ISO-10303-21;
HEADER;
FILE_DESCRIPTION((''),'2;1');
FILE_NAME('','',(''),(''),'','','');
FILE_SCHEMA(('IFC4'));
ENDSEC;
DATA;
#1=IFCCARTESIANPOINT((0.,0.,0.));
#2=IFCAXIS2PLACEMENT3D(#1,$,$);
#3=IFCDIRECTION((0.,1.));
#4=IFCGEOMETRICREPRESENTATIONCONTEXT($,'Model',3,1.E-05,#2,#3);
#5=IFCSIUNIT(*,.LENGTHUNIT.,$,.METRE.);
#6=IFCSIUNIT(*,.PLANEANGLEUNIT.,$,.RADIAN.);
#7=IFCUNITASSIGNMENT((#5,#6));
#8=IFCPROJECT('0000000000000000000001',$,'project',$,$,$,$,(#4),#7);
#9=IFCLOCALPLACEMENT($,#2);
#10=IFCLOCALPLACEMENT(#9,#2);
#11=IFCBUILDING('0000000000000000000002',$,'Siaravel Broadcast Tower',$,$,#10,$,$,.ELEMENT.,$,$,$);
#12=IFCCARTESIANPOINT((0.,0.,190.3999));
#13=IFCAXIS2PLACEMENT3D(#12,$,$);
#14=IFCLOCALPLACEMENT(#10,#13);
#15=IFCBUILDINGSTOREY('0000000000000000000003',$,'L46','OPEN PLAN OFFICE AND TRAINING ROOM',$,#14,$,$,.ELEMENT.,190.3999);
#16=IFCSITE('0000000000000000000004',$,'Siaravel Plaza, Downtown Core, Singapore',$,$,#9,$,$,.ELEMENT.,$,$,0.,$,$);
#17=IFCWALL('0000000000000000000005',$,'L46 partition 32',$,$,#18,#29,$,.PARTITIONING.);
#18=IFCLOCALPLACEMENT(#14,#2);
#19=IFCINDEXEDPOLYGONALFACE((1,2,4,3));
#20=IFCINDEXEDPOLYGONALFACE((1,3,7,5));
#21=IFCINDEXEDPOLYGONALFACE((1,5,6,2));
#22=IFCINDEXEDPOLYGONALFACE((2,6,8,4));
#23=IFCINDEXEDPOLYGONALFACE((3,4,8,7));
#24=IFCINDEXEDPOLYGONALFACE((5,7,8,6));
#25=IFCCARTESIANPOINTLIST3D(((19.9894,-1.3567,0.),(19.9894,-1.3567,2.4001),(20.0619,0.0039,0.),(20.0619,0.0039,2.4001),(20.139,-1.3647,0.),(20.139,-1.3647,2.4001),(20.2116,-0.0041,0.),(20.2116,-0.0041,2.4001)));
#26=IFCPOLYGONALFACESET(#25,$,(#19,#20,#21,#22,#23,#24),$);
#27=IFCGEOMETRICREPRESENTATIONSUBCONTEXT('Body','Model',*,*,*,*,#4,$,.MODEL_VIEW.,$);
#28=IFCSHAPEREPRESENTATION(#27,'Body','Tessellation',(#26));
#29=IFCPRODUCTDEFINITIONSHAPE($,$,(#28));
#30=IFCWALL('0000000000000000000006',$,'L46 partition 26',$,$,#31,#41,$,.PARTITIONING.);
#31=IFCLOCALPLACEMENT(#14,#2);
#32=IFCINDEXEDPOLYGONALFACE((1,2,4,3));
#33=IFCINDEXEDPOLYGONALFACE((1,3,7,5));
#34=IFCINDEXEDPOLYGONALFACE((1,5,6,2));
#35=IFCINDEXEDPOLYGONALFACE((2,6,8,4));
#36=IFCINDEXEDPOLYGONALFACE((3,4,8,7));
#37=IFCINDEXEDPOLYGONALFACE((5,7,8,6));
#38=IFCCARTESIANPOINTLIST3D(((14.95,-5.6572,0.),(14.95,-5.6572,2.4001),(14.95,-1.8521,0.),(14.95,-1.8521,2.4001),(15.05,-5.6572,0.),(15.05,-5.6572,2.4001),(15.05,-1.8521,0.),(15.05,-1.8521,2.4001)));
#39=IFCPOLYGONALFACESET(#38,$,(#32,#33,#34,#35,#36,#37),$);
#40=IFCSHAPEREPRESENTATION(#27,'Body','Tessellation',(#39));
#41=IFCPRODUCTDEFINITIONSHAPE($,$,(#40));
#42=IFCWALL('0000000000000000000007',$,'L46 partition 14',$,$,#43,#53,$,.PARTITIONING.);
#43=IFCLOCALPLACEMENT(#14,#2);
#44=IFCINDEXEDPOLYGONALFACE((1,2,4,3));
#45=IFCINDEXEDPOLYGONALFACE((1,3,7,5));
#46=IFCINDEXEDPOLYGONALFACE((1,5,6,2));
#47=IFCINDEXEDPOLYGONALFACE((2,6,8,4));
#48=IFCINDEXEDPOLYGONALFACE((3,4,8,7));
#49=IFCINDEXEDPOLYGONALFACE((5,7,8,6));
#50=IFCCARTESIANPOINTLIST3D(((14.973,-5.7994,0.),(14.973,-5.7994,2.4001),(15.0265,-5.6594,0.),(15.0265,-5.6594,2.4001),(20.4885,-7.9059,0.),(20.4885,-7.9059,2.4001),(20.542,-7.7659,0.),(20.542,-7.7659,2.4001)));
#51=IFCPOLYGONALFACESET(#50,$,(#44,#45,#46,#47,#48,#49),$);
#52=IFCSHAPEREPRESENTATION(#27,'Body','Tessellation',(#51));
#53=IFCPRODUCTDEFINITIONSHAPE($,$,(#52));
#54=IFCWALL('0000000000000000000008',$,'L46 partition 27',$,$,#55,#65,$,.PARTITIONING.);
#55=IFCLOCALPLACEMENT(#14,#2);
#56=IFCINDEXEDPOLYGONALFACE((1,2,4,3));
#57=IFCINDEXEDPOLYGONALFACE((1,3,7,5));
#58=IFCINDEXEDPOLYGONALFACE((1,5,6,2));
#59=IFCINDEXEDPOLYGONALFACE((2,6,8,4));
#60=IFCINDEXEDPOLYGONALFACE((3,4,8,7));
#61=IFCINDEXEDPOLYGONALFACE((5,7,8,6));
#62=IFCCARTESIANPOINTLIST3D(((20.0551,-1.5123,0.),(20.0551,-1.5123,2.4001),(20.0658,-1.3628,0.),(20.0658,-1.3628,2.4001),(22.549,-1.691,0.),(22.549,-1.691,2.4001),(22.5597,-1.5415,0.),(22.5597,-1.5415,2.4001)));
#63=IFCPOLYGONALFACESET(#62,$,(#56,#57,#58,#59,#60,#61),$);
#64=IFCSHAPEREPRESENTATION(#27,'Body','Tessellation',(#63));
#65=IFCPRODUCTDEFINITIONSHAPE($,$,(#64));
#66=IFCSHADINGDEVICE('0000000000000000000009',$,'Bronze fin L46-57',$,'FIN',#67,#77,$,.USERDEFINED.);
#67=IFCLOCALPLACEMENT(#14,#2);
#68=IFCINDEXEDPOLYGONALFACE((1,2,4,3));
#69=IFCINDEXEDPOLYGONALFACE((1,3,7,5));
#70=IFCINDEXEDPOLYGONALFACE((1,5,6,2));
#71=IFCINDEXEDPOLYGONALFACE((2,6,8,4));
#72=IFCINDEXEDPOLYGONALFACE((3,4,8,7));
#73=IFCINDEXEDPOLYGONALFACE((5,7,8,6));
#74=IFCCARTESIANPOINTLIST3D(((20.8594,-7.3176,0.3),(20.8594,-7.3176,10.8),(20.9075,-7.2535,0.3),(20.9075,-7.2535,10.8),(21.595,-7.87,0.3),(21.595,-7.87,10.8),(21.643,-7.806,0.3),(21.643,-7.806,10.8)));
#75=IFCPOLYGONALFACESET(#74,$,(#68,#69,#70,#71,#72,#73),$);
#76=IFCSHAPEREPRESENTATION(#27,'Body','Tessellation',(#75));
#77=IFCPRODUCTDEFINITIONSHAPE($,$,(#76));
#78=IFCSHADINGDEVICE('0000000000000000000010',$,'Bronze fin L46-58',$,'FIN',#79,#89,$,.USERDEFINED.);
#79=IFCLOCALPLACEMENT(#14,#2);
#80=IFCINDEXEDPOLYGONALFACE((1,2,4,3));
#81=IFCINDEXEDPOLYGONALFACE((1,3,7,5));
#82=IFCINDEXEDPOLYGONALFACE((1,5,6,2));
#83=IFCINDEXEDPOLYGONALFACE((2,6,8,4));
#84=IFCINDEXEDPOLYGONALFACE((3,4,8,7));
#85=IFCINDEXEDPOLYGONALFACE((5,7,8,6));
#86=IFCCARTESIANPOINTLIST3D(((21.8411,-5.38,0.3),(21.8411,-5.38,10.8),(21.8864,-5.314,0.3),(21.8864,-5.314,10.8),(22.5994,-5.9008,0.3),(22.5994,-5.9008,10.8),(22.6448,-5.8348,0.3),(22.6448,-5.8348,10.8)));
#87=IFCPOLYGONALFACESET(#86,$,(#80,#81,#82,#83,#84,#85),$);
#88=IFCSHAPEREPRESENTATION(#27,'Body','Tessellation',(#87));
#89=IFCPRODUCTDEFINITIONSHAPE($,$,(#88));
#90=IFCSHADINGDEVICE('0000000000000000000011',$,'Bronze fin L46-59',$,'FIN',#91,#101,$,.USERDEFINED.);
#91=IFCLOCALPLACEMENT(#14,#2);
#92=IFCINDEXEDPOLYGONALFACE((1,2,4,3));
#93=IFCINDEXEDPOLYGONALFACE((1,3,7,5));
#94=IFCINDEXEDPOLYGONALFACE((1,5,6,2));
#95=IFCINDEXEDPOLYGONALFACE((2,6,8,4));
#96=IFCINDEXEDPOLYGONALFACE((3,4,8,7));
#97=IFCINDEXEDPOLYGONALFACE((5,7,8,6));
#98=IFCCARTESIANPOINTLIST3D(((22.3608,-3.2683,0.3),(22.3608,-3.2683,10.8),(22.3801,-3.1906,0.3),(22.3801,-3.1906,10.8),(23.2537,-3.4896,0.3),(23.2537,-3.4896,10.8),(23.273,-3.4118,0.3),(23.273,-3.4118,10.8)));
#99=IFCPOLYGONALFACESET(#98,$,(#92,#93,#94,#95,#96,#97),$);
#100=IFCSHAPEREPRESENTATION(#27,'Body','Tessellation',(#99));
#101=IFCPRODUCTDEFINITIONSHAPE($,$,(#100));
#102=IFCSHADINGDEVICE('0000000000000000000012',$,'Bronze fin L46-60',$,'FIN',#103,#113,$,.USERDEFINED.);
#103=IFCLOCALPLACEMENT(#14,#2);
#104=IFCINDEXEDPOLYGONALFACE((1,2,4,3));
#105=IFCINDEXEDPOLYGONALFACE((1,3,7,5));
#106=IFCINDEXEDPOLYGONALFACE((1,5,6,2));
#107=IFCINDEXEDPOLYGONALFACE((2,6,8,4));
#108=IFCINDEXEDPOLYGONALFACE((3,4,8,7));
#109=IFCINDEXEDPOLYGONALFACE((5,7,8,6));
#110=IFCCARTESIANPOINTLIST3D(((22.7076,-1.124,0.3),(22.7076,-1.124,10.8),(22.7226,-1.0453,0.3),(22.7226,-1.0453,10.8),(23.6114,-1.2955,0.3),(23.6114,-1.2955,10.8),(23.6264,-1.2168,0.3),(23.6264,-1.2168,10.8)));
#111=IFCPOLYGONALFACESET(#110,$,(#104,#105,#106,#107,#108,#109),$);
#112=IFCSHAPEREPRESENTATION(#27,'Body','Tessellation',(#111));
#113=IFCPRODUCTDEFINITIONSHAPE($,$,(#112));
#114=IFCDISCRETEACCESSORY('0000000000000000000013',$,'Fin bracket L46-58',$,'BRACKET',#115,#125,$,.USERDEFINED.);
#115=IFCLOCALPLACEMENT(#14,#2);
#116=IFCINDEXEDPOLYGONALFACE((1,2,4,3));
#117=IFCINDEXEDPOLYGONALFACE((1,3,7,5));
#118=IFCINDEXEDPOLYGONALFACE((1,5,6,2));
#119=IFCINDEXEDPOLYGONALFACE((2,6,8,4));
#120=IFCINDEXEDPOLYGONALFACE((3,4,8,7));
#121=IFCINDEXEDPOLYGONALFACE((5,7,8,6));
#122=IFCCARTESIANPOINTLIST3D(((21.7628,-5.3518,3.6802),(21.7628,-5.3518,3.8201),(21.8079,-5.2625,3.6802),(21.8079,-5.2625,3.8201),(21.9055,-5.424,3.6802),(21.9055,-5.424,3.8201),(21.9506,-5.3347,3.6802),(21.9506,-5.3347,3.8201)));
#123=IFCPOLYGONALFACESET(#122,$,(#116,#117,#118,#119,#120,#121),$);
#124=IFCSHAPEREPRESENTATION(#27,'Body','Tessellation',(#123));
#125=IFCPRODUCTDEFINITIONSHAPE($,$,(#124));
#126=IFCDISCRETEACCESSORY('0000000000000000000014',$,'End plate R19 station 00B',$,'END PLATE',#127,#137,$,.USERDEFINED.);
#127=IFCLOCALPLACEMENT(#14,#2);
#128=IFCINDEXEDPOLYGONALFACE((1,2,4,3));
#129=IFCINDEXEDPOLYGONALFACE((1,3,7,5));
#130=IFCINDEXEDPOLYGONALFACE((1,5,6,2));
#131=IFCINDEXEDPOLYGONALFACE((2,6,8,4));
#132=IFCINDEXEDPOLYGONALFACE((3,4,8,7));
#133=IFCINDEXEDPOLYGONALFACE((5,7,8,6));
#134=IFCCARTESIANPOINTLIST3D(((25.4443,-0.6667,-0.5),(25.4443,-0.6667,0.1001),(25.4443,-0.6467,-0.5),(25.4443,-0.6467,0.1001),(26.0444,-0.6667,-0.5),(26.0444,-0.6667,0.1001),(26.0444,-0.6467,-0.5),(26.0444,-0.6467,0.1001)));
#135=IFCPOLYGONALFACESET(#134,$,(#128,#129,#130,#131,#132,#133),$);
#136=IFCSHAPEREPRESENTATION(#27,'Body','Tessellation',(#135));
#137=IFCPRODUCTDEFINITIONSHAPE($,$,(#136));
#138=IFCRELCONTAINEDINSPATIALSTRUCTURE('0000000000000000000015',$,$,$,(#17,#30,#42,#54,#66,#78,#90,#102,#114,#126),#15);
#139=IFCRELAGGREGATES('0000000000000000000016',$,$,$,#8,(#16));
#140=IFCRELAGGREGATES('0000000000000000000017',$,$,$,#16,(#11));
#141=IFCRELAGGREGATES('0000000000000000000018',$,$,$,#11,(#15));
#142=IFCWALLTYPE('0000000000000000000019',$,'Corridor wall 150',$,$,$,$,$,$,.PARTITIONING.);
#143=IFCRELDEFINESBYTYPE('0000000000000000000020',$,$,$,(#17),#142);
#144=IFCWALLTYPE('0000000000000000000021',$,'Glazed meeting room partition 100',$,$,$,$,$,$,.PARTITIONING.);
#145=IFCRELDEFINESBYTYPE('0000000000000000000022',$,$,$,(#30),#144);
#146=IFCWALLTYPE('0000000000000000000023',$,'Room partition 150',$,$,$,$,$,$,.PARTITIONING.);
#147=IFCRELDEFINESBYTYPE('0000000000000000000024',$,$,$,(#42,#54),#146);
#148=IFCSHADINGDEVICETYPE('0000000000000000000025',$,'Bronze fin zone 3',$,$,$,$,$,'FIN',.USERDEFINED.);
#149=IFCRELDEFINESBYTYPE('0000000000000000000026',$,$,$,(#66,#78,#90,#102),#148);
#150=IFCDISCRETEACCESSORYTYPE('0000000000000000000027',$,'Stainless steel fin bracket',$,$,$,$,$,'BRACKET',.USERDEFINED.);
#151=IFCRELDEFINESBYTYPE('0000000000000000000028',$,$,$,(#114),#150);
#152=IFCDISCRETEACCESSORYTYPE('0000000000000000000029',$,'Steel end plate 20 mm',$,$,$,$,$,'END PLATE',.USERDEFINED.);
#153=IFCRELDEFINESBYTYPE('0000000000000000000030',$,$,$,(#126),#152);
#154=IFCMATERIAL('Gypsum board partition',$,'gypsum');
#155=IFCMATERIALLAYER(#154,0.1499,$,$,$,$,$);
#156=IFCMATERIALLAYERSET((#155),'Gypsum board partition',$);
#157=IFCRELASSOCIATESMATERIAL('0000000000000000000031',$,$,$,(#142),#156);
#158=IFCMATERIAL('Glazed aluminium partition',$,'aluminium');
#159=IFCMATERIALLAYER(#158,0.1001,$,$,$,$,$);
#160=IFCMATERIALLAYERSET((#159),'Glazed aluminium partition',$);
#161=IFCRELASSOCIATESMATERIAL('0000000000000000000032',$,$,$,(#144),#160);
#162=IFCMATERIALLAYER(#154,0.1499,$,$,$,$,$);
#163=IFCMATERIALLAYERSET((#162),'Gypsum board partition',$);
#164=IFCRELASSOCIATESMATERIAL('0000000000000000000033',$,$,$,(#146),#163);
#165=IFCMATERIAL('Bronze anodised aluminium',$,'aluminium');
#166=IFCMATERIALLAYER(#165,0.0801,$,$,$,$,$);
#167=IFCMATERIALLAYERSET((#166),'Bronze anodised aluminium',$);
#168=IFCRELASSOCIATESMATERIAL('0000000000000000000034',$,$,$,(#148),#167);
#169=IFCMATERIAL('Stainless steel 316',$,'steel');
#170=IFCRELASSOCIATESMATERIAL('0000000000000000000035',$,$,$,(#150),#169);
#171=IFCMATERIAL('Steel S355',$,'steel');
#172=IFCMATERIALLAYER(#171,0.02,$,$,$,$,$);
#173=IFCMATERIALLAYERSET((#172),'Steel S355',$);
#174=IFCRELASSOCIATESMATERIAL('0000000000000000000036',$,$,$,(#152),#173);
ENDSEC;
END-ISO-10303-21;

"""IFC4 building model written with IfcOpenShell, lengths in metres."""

from ifc_helpers import new_model, si_unit, direction, frame, frame_2d, origin, origin_2d, place, context, subcontext, project, spatial, rectangle, extrude, material, layer, layer_set, type_object, element, save


model = new_model("IFC4")

# Units and contexts
model_context = context("Model", 3, precision=1e-05, world=origin(), true_north=direction((0.0, 1.0)))
body_context = subcontext(model_context, "Body", "Model", "MODEL_VIEW")
ifc_project = project(units=[si_unit("LENGTHUNIT", "METRE"), si_unit("PLANEANGLEUNIT", "RADIAN")], contexts=[model_context])

# Site, building, storey
site_placement = place(None, origin())
site = spatial("IfcSite", under=ifc_project, at=site_placement, Name="Siaravel Plaza, Downtown Core, Singapore", CompositionType="ELEMENT", RefElevation=0.0)
building_placement = place(site_placement, origin())
building = spatial("IfcBuilding", under=site, at=building_placement, Name="Siaravel Broadcast Tower", CompositionType="ELEMENT")
storey_placement = place(building_placement, frame((0.0, 0.0, 190.3999)))
storey = spatial("IfcBuildingStorey", under=building, at=storey_placement, Name="L46", Description="OPEN PLAN OFFICE AND TRAINING ROOM", CompositionType="ELEMENT", Elevation=190.3999)

# Shared definitions
ifc_material_1 = material(Name="Steel S355", Category="steel")

# Wall
ifc_material_2 = material(Name="Gypsum board partition", Category="gypsum")
ifc_layer_1 = layer(ifc_material_2, 0.1499)
ifc_layer_set_1 = layer_set([ifc_layer_1], Name="Gypsum board partition")
wall_type_1 = type_object("IfcWallType", Name="Corridor wall 150", PredefinedType="PARTITIONING", material=ifc_layer_set_1)
wall_1_placement = place(storey_placement, frame((20.0642, -1.3606, 0.0), z_axis=(0.0, 0.0, 1.0), x_axis=(0.053217, 0.998583, 0.0)))
element("IfcWall", 1, at=wall_1_placement, inside=storey, type_object=wall_type_1, Name="L46 partition 32", PredefinedType="PARTITIONING", context=body_context, shape_type="SweptSolid", body=[
    extrude(rectangle(XDim=1.3625, YDim=0.1499, at=frame_2d((0.6812, 0.0))), origin(), (0.0, 0.0, 1.0), 2.4001),
])

# Shared definitions
ifc_material_3 = material(Name="Glazed aluminium partition", Category="aluminium")
ifc_layer_2 = layer(ifc_material_3, 0.1001)
ifc_layer_set_2 = layer_set([ifc_layer_2], Name="Glazed aluminium partition")
wall_type_2 = type_object("IfcWallType", Name="Glazed meeting room partition 100", PredefinedType="PARTITIONING", material=ifc_layer_set_2)

# Walls
wall_2_placement = place(storey_placement, frame((15.0, -5.6572, 0.0), z_axis=(0.0, 0.0, 1.0), x_axis=(0.0, 1.0, 0.0)))
element("IfcWall", 2, at=wall_2_placement, inside=storey, type_object=wall_type_2, Name="L46 partition 26", PredefinedType="PARTITIONING", context=body_context, shape_type="SweptSolid", body=[
    extrude(rectangle(XDim=3.8052, YDim=0.1001, at=frame_2d((1.9026, 0.0))), origin(), (0.0, 0.0, 1.0), 2.4001),
])
ifc_layer_3 = layer(ifc_material_2, 0.1499)
ifc_layer_set_3 = layer_set([ifc_layer_3], Name="Gypsum board partition")
wall_type_3 = type_object("IfcWallType", Name="Room partition 150", PredefinedType="PARTITIONING", material=ifc_layer_set_3)
wall_3_placement = place(storey_placement, frame((20.5154, -7.8359, 0.0), z_axis=(0.0, 0.0, 1.0), x_axis=(-0.934186, 0.356786, 0.0)))
element("IfcWall", 3, at=wall_3_placement, inside=storey, type_object=wall_type_3, Name="L46 partition 14", PredefinedType="PARTITIONING", context=body_context, shape_type="SweptSolid", body=[
    extrude(rectangle(XDim=5.9041, YDim=0.1499, at=frame_2d((2.9521, 0.0))), origin(), (0.0, 0.0, 1.0), 2.4001),
])
wall_4_placement = place(storey_placement, frame((22.5542, -1.6162, 0.0), z_axis=(0.0, 0.0, 1.0), x_axis=(-0.997442, 0.071476, 0.0)))
element("IfcWall", 4, at=wall_4_placement, inside=storey, type_object=wall_type_3, Name="L46 partition 27", PredefinedType="PARTITIONING", context=body_context, shape_type="SweptSolid", body=[
    extrude(rectangle(XDim=2.5002, YDim=0.1499, at=frame_2d((1.25, 0.0))), origin(), (0.0, 0.0, 1.0), 2.4001),
])

# Shading devices
ifc_material_4 = material(Name="Bronze anodised aluminium", Category="aluminium")
ifc_layer_4 = layer(ifc_material_4, 0.0801)
ifc_layer_set_4 = layer_set([ifc_layer_4], Name="Bronze anodised aluminium")
shading_device_type = type_object("IfcShadingDeviceType", Name="Bronze fin zone 3", ElementType="FIN", PredefinedType="USERDEFINED", material=ifc_layer_set_4)
for number, where, z_axis, x_axis, name in (
    (5, (21.2512, -7.5618, 0.3), (0.0, 0.0, 1.0), (0.799598, -0.600536, 0.0), "Bronze fin L46-57"),
    (6, (22.2429, -5.6074, 0.3), (0.0, 0.0, 1.0), (0.824341, -0.566094, 0.0), "Bronze fin L46-58"),
    (7, (22.8169, -3.3401, 0.3), (0.0, 0.0, 1.0), (0.970653, -0.240484, 0.0), "Bronze fin L46-59"),
    (8, (23.167, -1.1704, 0.3), (0.0, 0.0, 1.0), (0.982468, -0.18643, 0.0), "Bronze fin L46-60"),
):
    element("IfcShadingDevice", number, at=place(storey_placement, frame(where, z_axis=z_axis, x_axis=x_axis)), inside=storey, type_object=shading_device_type, Name=name, ObjectType="FIN", PredefinedType="USERDEFINED", context=body_context, shape_type="SweptSolid", body=[
        extrude(rectangle(XDim=0.9199, YDim=0.0801, at=origin_2d()), origin(), (0.0, 0.0, 1.0), 10.5),
    ])

# Discrete accessories
ifc_material_5 = material(Name="Stainless steel 316", Category="steel")
discrete_accessory_type_1 = type_object("IfcDiscreteAccessoryType", Name="Stainless steel fin bracket", ElementType="BRACKET", PredefinedType="USERDEFINED", material=ifc_material_5)
discrete_accessory_1_placement = place(storey_placement, frame((21.8567, -5.3433, 3.6802), z_axis=(0.0, 0.0, 1.0), x_axis=(0.892392, -0.451261, 0.0)))
element("IfcDiscreteAccessory", 9, at=discrete_accessory_1_placement, inside=storey, type_object=discrete_accessory_type_1, Name="Fin bracket L46-58", ObjectType="BRACKET", PredefinedType="USERDEFINED", context=body_context, shape_type="SweptSolid", body=[
    extrude(rectangle(XDim=0.1599, YDim=0.1001, at=origin_2d()), origin(), (0.0, 0.0, 1.0), 0.1399),
])
ifc_layer_5 = layer(ifc_material_1, 0.02)
ifc_layer_set_5 = layer_set([ifc_layer_5], Name="Steel S355")
discrete_accessory_type_2 = type_object("IfcDiscreteAccessoryType", Name="Steel end plate 20 mm", ElementType="END PLATE", PredefinedType="USERDEFINED", material=ifc_layer_set_5)
discrete_accessory_2_placement = place(storey_placement, frame((25.7444, -0.6567, -0.5), z_axis=(0.0, 0.0, 1.0), x_axis=(0.0, 1.0, 0.0)))
element("IfcDiscreteAccessory", 10, at=discrete_accessory_2_placement, inside=storey, type_object=discrete_accessory_type_2, Name="End plate R19 station 00B", ObjectType="END PLATE", PredefinedType="USERDEFINED", context=body_context, shape_type="SweptSolid", body=[
    extrude(rectangle(XDim=0.02, YDim=0.6001, at=origin_2d()), origin(), (0.0, 0.0, 1.0), 0.6001),
])

save(model, "model.ifc")
